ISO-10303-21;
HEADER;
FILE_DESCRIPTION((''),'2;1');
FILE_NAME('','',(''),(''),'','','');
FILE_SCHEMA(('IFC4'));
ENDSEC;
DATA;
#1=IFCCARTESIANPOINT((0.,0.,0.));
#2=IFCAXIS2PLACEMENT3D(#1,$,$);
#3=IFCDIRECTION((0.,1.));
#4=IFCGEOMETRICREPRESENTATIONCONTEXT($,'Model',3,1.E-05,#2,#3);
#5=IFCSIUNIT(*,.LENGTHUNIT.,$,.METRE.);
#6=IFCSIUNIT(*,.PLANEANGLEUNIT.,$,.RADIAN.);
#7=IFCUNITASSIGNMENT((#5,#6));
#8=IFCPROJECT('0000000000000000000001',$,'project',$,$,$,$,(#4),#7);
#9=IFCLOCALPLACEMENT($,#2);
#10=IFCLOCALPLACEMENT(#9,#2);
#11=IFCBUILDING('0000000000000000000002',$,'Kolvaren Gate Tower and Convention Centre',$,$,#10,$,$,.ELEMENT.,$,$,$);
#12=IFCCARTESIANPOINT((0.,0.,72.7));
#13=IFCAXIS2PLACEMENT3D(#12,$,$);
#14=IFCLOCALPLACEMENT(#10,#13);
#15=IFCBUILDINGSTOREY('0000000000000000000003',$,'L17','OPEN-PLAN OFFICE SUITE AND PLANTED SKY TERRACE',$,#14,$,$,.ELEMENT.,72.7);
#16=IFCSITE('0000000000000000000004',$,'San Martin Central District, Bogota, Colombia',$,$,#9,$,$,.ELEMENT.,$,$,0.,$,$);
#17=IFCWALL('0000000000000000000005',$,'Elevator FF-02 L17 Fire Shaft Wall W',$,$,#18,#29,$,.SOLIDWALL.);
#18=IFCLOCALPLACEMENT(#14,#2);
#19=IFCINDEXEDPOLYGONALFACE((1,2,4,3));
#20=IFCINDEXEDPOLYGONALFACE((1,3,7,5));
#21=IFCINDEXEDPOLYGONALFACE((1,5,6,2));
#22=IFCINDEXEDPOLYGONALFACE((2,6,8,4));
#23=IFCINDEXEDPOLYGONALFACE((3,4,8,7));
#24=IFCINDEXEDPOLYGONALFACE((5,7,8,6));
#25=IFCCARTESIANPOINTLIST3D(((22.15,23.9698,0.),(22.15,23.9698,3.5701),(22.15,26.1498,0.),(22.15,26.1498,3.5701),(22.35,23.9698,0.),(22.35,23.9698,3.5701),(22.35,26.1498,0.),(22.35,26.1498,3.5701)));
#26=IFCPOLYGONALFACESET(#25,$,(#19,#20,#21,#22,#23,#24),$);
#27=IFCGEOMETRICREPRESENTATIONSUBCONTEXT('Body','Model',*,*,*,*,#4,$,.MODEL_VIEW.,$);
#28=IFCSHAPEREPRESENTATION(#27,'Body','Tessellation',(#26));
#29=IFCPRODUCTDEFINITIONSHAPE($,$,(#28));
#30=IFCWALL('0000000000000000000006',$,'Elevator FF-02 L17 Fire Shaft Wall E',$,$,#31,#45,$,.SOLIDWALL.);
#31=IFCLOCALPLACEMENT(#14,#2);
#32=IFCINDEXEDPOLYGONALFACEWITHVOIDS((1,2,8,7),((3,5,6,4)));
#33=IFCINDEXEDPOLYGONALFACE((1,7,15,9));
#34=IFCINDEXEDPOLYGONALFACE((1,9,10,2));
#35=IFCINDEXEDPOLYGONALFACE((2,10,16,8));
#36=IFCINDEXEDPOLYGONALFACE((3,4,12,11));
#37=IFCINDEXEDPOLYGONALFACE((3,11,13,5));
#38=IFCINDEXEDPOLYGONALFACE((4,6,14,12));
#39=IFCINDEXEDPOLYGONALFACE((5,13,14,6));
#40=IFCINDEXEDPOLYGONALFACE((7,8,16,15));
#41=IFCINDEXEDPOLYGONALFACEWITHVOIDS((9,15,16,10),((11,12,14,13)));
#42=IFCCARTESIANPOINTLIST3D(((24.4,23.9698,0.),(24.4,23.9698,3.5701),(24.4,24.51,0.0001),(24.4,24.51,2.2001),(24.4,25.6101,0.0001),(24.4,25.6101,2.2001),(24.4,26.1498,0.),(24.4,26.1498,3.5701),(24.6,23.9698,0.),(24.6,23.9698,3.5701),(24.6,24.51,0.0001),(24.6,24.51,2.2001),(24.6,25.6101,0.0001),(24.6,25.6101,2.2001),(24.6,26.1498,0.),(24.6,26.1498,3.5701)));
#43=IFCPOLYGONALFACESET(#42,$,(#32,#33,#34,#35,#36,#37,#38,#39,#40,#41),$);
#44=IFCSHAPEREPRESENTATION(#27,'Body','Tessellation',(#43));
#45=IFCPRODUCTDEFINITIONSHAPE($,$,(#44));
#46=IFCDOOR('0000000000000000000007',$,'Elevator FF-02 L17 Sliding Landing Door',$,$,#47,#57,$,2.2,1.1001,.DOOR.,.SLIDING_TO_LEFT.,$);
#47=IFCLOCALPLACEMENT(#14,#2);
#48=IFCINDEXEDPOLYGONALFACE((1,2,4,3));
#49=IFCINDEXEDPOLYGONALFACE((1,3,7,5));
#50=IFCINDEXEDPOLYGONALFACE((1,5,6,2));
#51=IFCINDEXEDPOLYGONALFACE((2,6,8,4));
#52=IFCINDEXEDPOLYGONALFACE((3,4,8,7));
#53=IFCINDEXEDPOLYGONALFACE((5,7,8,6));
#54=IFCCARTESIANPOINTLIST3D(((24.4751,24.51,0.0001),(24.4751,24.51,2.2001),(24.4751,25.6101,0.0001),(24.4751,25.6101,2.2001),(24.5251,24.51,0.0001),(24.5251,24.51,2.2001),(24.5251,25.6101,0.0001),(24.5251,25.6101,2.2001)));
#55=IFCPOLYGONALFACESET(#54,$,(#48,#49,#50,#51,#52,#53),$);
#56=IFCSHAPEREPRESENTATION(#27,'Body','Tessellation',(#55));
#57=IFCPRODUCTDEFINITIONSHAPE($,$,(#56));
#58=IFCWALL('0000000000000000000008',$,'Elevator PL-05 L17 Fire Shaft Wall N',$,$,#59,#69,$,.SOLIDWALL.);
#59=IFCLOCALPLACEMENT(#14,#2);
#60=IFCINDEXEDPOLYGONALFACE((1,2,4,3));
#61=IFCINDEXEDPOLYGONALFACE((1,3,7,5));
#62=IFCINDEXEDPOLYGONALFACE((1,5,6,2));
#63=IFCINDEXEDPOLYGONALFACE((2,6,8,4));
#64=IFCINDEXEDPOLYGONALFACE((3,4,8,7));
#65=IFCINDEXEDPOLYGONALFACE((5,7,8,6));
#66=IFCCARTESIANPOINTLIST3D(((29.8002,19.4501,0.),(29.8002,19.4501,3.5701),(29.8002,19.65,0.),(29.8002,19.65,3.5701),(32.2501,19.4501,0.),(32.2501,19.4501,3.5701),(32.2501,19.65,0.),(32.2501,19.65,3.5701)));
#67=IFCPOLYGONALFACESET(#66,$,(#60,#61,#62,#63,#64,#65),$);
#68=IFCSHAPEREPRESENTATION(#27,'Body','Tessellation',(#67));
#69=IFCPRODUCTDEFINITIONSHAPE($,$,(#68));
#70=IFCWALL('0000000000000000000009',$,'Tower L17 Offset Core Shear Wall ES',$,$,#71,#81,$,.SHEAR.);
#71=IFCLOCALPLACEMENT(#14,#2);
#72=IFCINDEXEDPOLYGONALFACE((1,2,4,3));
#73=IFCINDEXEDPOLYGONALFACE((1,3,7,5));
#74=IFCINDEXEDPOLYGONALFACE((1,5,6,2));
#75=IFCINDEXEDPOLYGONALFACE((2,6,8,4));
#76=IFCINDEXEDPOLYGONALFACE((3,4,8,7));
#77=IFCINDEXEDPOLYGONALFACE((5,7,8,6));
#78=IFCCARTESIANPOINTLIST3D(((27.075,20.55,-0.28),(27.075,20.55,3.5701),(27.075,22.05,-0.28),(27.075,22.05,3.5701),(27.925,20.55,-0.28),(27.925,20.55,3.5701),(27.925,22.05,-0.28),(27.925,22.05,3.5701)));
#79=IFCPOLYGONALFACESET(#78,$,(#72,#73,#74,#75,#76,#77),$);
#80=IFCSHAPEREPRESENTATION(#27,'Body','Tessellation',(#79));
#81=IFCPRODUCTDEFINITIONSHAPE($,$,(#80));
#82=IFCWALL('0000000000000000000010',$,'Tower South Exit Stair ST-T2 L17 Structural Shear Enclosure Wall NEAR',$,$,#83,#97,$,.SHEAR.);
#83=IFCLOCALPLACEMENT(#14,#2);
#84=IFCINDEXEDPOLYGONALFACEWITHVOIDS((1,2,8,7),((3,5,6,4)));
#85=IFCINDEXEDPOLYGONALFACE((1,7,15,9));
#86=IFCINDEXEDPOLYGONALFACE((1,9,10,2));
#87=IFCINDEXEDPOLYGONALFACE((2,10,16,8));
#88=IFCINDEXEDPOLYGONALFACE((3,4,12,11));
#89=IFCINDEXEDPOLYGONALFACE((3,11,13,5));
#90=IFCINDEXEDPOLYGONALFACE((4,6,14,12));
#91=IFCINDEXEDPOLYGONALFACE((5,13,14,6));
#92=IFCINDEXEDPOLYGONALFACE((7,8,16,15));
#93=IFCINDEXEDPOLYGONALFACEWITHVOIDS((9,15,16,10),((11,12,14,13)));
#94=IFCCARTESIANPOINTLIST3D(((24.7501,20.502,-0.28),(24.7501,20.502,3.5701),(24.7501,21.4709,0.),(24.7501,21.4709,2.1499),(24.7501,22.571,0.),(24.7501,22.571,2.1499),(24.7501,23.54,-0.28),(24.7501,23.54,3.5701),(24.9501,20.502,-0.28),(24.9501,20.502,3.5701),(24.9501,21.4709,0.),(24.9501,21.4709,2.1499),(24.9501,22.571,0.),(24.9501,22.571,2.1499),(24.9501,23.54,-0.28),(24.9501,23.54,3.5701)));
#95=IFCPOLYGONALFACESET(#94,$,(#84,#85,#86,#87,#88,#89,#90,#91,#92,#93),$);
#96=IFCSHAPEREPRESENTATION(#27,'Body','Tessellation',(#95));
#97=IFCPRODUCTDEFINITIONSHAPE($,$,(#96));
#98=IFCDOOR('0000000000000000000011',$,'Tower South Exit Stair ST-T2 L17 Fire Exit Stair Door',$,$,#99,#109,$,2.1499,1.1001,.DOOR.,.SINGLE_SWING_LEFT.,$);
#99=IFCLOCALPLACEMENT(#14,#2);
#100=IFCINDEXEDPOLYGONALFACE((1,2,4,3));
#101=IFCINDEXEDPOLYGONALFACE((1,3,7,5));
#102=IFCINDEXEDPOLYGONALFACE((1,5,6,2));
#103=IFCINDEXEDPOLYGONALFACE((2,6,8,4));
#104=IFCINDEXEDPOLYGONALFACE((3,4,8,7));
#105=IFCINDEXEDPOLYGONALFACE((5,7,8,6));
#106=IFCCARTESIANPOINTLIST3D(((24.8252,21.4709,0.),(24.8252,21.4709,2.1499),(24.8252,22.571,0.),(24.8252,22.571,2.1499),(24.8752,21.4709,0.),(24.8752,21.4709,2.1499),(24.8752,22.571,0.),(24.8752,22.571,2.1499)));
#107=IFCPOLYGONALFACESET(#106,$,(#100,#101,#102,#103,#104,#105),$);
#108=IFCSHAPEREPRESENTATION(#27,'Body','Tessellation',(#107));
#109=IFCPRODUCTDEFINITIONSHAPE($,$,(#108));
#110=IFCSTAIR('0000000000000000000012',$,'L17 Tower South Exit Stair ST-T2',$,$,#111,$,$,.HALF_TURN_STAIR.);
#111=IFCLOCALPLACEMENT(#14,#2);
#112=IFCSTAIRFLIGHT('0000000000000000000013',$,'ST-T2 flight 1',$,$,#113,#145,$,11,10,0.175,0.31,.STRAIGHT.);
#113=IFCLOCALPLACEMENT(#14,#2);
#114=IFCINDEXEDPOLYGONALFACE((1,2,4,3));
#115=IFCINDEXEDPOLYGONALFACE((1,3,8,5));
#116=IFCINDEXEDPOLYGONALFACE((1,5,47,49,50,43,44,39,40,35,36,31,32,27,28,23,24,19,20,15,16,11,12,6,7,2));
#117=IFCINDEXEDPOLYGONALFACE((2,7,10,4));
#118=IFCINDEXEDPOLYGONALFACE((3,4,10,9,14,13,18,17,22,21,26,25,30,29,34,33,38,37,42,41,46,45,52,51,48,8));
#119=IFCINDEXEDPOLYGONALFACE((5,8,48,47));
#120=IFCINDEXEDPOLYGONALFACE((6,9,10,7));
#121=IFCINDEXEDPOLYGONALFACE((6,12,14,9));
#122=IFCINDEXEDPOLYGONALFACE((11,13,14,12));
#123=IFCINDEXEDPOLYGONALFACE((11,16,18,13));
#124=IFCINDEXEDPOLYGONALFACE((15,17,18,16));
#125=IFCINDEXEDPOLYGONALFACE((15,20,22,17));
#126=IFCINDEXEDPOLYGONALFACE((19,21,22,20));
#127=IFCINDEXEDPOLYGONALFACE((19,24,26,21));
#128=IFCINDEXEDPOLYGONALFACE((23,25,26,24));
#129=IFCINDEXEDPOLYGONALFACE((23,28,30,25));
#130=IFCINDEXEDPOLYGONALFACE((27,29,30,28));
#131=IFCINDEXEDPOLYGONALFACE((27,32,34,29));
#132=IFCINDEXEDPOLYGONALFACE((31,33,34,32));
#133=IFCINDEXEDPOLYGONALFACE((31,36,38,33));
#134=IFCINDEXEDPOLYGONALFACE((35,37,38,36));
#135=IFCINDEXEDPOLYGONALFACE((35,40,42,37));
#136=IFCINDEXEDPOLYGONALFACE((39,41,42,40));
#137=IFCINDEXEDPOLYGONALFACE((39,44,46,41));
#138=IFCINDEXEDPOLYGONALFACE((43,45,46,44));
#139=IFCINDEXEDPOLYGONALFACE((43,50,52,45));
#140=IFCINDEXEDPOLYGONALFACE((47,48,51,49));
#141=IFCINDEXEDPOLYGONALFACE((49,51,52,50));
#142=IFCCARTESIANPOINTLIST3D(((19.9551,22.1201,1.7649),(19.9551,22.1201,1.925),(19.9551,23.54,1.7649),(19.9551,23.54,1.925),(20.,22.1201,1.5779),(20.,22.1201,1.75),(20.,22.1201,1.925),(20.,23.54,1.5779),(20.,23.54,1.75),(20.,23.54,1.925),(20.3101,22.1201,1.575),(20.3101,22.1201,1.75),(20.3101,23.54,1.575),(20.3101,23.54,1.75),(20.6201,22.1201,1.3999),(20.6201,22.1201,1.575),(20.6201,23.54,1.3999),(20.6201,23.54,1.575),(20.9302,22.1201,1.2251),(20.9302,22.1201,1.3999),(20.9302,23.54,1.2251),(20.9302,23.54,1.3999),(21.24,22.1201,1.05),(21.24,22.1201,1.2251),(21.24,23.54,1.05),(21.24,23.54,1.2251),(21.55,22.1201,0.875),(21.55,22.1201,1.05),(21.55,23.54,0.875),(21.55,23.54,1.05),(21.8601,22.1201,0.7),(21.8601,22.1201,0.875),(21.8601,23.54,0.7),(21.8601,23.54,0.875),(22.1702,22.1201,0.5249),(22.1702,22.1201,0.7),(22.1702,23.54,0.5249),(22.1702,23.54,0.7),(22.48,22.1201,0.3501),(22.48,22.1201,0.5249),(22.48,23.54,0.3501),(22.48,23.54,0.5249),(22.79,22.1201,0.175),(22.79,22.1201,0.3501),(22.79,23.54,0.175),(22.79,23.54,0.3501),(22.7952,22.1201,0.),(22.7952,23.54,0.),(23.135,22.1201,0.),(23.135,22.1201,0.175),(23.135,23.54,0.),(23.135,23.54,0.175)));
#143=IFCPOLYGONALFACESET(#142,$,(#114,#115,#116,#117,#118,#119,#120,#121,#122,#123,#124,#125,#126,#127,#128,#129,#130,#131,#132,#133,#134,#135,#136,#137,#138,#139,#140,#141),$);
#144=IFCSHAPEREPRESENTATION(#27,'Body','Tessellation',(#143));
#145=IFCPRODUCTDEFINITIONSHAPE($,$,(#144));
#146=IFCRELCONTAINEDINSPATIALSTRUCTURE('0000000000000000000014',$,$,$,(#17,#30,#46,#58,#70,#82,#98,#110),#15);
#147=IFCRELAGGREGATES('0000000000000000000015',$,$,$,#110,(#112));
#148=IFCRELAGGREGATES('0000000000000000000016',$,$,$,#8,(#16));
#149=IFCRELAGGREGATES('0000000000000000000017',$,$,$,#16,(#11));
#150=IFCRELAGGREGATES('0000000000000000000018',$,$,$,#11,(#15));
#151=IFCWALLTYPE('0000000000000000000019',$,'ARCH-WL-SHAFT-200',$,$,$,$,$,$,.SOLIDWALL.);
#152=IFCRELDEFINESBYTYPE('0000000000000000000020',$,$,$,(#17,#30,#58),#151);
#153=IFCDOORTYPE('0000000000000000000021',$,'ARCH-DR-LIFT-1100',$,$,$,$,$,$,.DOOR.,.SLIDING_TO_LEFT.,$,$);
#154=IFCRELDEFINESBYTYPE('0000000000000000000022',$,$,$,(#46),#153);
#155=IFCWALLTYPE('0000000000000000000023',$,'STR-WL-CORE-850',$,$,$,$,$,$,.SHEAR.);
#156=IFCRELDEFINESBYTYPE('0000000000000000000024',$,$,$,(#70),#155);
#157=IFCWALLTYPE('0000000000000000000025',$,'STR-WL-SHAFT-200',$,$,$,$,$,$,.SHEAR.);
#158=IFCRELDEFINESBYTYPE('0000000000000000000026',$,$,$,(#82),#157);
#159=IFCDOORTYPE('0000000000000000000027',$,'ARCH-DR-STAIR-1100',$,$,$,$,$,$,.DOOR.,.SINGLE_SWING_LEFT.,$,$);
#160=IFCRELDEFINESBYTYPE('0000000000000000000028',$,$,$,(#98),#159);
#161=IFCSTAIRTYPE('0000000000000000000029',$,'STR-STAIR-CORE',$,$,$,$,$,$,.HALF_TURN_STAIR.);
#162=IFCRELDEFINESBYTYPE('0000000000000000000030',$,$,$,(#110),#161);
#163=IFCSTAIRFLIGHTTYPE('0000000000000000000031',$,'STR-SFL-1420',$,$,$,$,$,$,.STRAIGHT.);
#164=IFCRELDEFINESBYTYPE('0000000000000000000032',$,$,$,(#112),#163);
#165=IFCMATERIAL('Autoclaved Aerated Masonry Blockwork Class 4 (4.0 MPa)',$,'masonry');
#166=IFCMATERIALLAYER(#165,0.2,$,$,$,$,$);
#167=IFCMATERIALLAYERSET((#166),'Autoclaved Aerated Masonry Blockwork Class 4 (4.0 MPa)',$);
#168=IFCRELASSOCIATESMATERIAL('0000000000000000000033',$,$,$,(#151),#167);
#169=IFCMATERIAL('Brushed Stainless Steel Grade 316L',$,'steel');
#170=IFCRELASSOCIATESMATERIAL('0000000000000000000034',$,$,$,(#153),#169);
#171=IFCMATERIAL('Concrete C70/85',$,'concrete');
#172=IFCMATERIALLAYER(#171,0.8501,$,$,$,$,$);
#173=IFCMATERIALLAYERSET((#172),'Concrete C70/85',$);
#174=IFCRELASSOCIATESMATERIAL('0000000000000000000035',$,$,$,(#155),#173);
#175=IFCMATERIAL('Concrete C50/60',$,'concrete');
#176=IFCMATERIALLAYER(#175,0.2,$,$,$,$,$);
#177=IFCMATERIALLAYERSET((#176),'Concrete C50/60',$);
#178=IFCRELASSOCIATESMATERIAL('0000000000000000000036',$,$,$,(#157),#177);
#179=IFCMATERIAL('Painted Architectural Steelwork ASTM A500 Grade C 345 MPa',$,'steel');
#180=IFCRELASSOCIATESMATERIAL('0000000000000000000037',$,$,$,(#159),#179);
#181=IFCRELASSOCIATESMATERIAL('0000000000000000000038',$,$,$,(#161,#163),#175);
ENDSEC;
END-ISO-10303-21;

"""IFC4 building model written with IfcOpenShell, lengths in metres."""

from ifc_helpers import new_model, si_unit, direction, frame, frame_2d, origin, place, context, subcontext, project, spatial, polyline, rectangle, outline, extrude, material, layer, layer_set, type_object, element, fill, aggregate, save


model = new_model("IFC4")

# Units and contexts
model_context = context("Model", 3, precision=1e-05, world=origin(), true_north=direction((0.0, 1.0)))
body_context = subcontext(model_context, "Body", "Model", "MODEL_VIEW")
ifc_project = project(units=[si_unit("LENGTHUNIT", "METRE"), si_unit("PLANEANGLEUNIT", "RADIAN")], contexts=[model_context])

# Site, building, storey
site_placement = place(None, origin())
site = spatial("IfcSite", under=ifc_project, at=site_placement, Name="San Martin Central District, Bogota, Colombia", CompositionType="ELEMENT", RefElevation=0.0)
building_placement = place(site_placement, origin())
building = spatial("IfcBuilding", under=site, at=building_placement, Name="Kolvaren Gate Tower and Convention Centre", CompositionType="ELEMENT")
storey_placement = place(building_placement, frame((0.0, 0.0, 72.7)))
storey = spatial("IfcBuildingStorey", under=building, at=storey_placement, Name="L17", Description="OPEN-PLAN OFFICE SUITE AND PLANTED SKY TERRACE", CompositionType="ELEMENT", Elevation=72.7)

# Shared definitions
ifc_material_1 = material(Name="Autoclaved Aerated Masonry Blockwork Class 4 (4.0 MPa)", Category="masonry")

# Shared definitions
ifc_material_2 = material(Name="Painted Architectural Steelwork ASTM A500 Grade C 345 MPa", Category="steel")

# Wall
ifc_layer_1 = layer(ifc_material_1, 0.2)
ifc_layer_set_1 = layer_set([ifc_layer_1], Name="Autoclaved Aerated Masonry Blockwork Class 4 (4.0 MPa)")
wall_type_1 = type_object("IfcWallType", Name="ARCH-WL-SHAFT-200", PredefinedType="SOLIDWALL", material=ifc_layer_set_1)
wall_1_placement = place(storey_placement, frame((22.25, 23.97, 0.0), z_axis=(0.0, 0.0, 1.0), x_axis=(0.0, 1.0, 0.0)))
element("IfcWall", 1, at=wall_1_placement, inside=storey, type_object=wall_type_1, Name="Elevator FF-02 L17 Fire Shaft Wall W", PredefinedType="SOLIDWALL", context=body_context, shape_type="SweptSolid", body=[
    extrude(rectangle(XDim=2.1799, YDim=0.2, at=frame_2d((1.0898, 0.0))), origin(), (0.0, 0.0, 1.0), 3.5701),
])

# Wall, opening, door
wall_2_placement = place(storey_placement, frame((24.5, 23.97, 0.0), z_axis=(0.0, 0.0, 1.0), x_axis=(0.0, 1.0, 0.0)))
wall_2 = element("IfcWall", 2, at=wall_2_placement, inside=storey, type_object=wall_type_1, Name="Elevator FF-02 L17 Fire Shaft Wall E", PredefinedType="SOLIDWALL", context=body_context, shape_type="SweptSolid", body=[
    extrude(rectangle(XDim=2.1799, YDim=0.2, at=frame_2d((1.0898, 0.0))), origin(), (0.0, 0.0, 1.0), 3.5701),
])
opening_1_placement = place(wall_2_placement, frame((0.54, 0.0, 0.0)))
opening_1 = element("IfcOpeningElement", 3, at=opening_1_placement, cuts=wall_2, PredefinedType="OPENING", context=body_context, shape_type="SweptSolid", body=[
    extrude(rectangle(XDim=1.1001, YDim=2.2, at=frame_2d((0.55, 1.1001))), frame((0.0, 0.1099, 0.0), z_axis=(0.0, -1.0, 0.0), x_axis=(1.0, 0.0, 0.0)), (0.0, 0.0, 1.0), 0.22),
])
ifc_material_3 = material(Name="Brushed Stainless Steel Grade 316L", Category="steel")
door_type_1 = type_object("IfcDoorType", Name="ARCH-DR-LIFT-1100", OperationType="SLIDING_TO_LEFT", PredefinedType="DOOR", material=ifc_material_3)
door_1_placement = place(opening_1_placement, origin())
door_1 = element("IfcDoor", 4, at=door_1_placement, inside=storey, type_object=door_type_1, Name="Elevator FF-02 L17 Sliding Landing Door", OperationType="SLIDING_TO_LEFT", OverallHeight=2.2, OverallWidth=1.1001, PredefinedType="DOOR", context=body_context, shape_type="SweptSolid", body=[
    extrude(rectangle(XDim=1.1001, YDim=2.2, at=frame_2d((0.55, 1.1001))), frame((0.0, 0.0249, 0.0), z_axis=(0.0, -1.0, 0.0), x_axis=(1.0, 0.0, 0.0)), (0.0, 0.0, 1.0), 0.05),
])
fill(opening_1, door_1)

# Walls
wall_3_placement = place(storey_placement, frame((29.8, 19.55, 0.0), z_axis=(0.0, 0.0, 1.0), x_axis=(1.0, 0.0, 0.0)))
element("IfcWall", 5, at=wall_3_placement, inside=storey, type_object=wall_type_1, Name="Elevator PL-05 L17 Fire Shaft Wall N", PredefinedType="SOLIDWALL", context=body_context, shape_type="SweptSolid", body=[
    extrude(rectangle(XDim=2.45, YDim=0.2, at=frame_2d((1.2251, 0.0))), origin(), (0.0, 0.0, 1.0), 3.5701),
])
ifc_material_4 = material(Name="Concrete C70/85", Category="concrete")
ifc_layer_2 = layer(ifc_material_4, 0.8501)
ifc_layer_set_2 = layer_set([ifc_layer_2], Name="Concrete C70/85")
wall_type_2 = type_object("IfcWallType", Name="STR-WL-CORE-850", PredefinedType="SHEAR", material=ifc_layer_set_2)
wall_4_placement = place(storey_placement, frame((27.5, 20.55, -0.28), z_axis=(0.0, 0.0, 1.0), x_axis=(0.0, 1.0, 0.0)))
element("IfcWall", 6, at=wall_4_placement, inside=storey, type_object=wall_type_2, Name="Tower L17 Offset Core Shear Wall ES", PredefinedType="SHEAR", context=body_context, shape_type="SweptSolid", body=[
    extrude(rectangle(XDim=1.5, YDim=0.8501, at=frame_2d((0.75, 0.0))), origin(), (0.0, 0.0, 1.0), 3.8501),
])

# Wall, opening, door
ifc_material_5 = material(Name="Concrete C50/60", Category="concrete")
ifc_layer_3 = layer(ifc_material_5, 0.2)
ifc_layer_set_3 = layer_set([ifc_layer_3], Name="Concrete C50/60")
wall_type_3 = type_object("IfcWallType", Name="STR-WL-SHAFT-200", PredefinedType="SHEAR", material=ifc_layer_set_3)
wall_5_placement = place(storey_placement, frame((24.8501, 20.502, -0.28), z_axis=(0.0, 0.0, 1.0), x_axis=(0.0, 1.0, 0.0)))
wall_5 = element("IfcWall", 7, at=wall_5_placement, inside=storey, type_object=wall_type_3, Name="Tower South Exit Stair ST-T2 L17 Structural Shear Enclosure Wall NEAR", PredefinedType="SHEAR", context=body_context, shape_type="SweptSolid", body=[
    extrude(rectangle(XDim=3.0381, YDim=0.2, at=frame_2d((1.519, 0.0))), origin(), (0.0, 0.0, 1.0), 3.8501),
])
opening_2_placement = place(wall_5_placement, frame((0.969, 0.0, 0.28)))
opening_2 = element("IfcOpeningElement", 8, at=opening_2_placement, cuts=wall_5, PredefinedType="OPENING", context=body_context, shape_type="SweptSolid", body=[
    extrude(rectangle(XDim=1.1001, YDim=2.1499, at=frame_2d((0.55, 1.075))), frame((0.0, 0.1099, 0.0), z_axis=(0.0, -1.0, 0.0), x_axis=(1.0, 0.0, 0.0)), (0.0, 0.0, 1.0), 0.22),
])
door_type_2 = type_object("IfcDoorType", Name="ARCH-DR-STAIR-1100", OperationType="SINGLE_SWING_LEFT", PredefinedType="DOOR", material=ifc_material_2)
door_2_placement = place(opening_2_placement, origin())
door_2 = element("IfcDoor", 9, at=door_2_placement, inside=storey, type_object=door_type_2, Name="Tower South Exit Stair ST-T2 L17 Fire Exit Stair Door", OperationType="SINGLE_SWING_LEFT", OverallHeight=2.1499, OverallWidth=1.1001, PredefinedType="DOOR", context=body_context, shape_type="SweptSolid", body=[
    extrude(rectangle(XDim=1.1001, YDim=2.1499, at=frame_2d((0.55, 1.075))), frame((0.0, 0.0249, 0.0), z_axis=(0.0, -1.0, 0.0), x_axis=(1.0, 0.0, 0.0)), (0.0, 0.0, 1.0), 0.05),
])
fill(opening_2, door_2)

# Stair, stair flight
stair_type = type_object("IfcStairType", Name="STR-STAIR-CORE", PredefinedType="HALF_TURN_STAIR", material=ifc_material_5)
stair_placement = place(storey_placement, origin())
stair = element("IfcStair", 10, at=stair_placement, inside=storey, type_object=stair_type, Name="L17 Tower South Exit Stair ST-T2", PredefinedType="HALF_TURN_STAIR")
stair_flight_type = type_object("IfcStairFlightType", Name="STR-SFL-1420", PredefinedType="STRAIGHT", material=ifc_material_5)
stair_flight_1_placement = place(storey_placement, frame((23.1001, 22.8301, 0.0), z_axis=(0.0, 0.0, 1.0), x_axis=(-1.0, 0.0, 0.0)))
stair_flight_1 = element("IfcStairFlight", 11, at=stair_flight_1_placement, type_object=stair_flight_type, Name="ST-T2 flight 1", NumberOfRisers=11, NumberOfTreads=10, PredefinedType="STRAIGHT", RiserHeight=0.175, TreadLength=0.31, context=body_context, shape_type="SweptSolid", body=[
    extrude(outline(polyline([(-0.0349, 0.0), (-0.0349, 0.175), (0.3101, 0.175), (0.3101, 0.3501), (0.6201, 0.3501), (0.6201, 0.5249), (0.9299, 0.5249), (0.9299, 0.7), (1.24, 0.7), (1.24, 0.875), (1.55, 0.875), (1.55, 1.05), (1.8601, 1.05), (1.8601, 1.2251), (2.1699, 1.2251), (2.1699, 1.3999), (2.48, 1.3999), (2.48, 1.575), (2.79, 1.575), (2.79, 1.75), (3.1001, 1.75), (3.1001, 1.925), (3.145, 1.925), (3.145, 1.7649), (3.1001, 1.5779), (0.3049, 0.0), (-0.0349, 0.0)])), frame((0.0, 0.71, 0.0), z_axis=(0.0, -1.0, 0.0), x_axis=(1.0, 0.0, 0.0)), (0.0, 0.0, 1.0), 1.4199),
])
aggregate(stair, [stair_flight_1])

save(model, "model.ifc")
